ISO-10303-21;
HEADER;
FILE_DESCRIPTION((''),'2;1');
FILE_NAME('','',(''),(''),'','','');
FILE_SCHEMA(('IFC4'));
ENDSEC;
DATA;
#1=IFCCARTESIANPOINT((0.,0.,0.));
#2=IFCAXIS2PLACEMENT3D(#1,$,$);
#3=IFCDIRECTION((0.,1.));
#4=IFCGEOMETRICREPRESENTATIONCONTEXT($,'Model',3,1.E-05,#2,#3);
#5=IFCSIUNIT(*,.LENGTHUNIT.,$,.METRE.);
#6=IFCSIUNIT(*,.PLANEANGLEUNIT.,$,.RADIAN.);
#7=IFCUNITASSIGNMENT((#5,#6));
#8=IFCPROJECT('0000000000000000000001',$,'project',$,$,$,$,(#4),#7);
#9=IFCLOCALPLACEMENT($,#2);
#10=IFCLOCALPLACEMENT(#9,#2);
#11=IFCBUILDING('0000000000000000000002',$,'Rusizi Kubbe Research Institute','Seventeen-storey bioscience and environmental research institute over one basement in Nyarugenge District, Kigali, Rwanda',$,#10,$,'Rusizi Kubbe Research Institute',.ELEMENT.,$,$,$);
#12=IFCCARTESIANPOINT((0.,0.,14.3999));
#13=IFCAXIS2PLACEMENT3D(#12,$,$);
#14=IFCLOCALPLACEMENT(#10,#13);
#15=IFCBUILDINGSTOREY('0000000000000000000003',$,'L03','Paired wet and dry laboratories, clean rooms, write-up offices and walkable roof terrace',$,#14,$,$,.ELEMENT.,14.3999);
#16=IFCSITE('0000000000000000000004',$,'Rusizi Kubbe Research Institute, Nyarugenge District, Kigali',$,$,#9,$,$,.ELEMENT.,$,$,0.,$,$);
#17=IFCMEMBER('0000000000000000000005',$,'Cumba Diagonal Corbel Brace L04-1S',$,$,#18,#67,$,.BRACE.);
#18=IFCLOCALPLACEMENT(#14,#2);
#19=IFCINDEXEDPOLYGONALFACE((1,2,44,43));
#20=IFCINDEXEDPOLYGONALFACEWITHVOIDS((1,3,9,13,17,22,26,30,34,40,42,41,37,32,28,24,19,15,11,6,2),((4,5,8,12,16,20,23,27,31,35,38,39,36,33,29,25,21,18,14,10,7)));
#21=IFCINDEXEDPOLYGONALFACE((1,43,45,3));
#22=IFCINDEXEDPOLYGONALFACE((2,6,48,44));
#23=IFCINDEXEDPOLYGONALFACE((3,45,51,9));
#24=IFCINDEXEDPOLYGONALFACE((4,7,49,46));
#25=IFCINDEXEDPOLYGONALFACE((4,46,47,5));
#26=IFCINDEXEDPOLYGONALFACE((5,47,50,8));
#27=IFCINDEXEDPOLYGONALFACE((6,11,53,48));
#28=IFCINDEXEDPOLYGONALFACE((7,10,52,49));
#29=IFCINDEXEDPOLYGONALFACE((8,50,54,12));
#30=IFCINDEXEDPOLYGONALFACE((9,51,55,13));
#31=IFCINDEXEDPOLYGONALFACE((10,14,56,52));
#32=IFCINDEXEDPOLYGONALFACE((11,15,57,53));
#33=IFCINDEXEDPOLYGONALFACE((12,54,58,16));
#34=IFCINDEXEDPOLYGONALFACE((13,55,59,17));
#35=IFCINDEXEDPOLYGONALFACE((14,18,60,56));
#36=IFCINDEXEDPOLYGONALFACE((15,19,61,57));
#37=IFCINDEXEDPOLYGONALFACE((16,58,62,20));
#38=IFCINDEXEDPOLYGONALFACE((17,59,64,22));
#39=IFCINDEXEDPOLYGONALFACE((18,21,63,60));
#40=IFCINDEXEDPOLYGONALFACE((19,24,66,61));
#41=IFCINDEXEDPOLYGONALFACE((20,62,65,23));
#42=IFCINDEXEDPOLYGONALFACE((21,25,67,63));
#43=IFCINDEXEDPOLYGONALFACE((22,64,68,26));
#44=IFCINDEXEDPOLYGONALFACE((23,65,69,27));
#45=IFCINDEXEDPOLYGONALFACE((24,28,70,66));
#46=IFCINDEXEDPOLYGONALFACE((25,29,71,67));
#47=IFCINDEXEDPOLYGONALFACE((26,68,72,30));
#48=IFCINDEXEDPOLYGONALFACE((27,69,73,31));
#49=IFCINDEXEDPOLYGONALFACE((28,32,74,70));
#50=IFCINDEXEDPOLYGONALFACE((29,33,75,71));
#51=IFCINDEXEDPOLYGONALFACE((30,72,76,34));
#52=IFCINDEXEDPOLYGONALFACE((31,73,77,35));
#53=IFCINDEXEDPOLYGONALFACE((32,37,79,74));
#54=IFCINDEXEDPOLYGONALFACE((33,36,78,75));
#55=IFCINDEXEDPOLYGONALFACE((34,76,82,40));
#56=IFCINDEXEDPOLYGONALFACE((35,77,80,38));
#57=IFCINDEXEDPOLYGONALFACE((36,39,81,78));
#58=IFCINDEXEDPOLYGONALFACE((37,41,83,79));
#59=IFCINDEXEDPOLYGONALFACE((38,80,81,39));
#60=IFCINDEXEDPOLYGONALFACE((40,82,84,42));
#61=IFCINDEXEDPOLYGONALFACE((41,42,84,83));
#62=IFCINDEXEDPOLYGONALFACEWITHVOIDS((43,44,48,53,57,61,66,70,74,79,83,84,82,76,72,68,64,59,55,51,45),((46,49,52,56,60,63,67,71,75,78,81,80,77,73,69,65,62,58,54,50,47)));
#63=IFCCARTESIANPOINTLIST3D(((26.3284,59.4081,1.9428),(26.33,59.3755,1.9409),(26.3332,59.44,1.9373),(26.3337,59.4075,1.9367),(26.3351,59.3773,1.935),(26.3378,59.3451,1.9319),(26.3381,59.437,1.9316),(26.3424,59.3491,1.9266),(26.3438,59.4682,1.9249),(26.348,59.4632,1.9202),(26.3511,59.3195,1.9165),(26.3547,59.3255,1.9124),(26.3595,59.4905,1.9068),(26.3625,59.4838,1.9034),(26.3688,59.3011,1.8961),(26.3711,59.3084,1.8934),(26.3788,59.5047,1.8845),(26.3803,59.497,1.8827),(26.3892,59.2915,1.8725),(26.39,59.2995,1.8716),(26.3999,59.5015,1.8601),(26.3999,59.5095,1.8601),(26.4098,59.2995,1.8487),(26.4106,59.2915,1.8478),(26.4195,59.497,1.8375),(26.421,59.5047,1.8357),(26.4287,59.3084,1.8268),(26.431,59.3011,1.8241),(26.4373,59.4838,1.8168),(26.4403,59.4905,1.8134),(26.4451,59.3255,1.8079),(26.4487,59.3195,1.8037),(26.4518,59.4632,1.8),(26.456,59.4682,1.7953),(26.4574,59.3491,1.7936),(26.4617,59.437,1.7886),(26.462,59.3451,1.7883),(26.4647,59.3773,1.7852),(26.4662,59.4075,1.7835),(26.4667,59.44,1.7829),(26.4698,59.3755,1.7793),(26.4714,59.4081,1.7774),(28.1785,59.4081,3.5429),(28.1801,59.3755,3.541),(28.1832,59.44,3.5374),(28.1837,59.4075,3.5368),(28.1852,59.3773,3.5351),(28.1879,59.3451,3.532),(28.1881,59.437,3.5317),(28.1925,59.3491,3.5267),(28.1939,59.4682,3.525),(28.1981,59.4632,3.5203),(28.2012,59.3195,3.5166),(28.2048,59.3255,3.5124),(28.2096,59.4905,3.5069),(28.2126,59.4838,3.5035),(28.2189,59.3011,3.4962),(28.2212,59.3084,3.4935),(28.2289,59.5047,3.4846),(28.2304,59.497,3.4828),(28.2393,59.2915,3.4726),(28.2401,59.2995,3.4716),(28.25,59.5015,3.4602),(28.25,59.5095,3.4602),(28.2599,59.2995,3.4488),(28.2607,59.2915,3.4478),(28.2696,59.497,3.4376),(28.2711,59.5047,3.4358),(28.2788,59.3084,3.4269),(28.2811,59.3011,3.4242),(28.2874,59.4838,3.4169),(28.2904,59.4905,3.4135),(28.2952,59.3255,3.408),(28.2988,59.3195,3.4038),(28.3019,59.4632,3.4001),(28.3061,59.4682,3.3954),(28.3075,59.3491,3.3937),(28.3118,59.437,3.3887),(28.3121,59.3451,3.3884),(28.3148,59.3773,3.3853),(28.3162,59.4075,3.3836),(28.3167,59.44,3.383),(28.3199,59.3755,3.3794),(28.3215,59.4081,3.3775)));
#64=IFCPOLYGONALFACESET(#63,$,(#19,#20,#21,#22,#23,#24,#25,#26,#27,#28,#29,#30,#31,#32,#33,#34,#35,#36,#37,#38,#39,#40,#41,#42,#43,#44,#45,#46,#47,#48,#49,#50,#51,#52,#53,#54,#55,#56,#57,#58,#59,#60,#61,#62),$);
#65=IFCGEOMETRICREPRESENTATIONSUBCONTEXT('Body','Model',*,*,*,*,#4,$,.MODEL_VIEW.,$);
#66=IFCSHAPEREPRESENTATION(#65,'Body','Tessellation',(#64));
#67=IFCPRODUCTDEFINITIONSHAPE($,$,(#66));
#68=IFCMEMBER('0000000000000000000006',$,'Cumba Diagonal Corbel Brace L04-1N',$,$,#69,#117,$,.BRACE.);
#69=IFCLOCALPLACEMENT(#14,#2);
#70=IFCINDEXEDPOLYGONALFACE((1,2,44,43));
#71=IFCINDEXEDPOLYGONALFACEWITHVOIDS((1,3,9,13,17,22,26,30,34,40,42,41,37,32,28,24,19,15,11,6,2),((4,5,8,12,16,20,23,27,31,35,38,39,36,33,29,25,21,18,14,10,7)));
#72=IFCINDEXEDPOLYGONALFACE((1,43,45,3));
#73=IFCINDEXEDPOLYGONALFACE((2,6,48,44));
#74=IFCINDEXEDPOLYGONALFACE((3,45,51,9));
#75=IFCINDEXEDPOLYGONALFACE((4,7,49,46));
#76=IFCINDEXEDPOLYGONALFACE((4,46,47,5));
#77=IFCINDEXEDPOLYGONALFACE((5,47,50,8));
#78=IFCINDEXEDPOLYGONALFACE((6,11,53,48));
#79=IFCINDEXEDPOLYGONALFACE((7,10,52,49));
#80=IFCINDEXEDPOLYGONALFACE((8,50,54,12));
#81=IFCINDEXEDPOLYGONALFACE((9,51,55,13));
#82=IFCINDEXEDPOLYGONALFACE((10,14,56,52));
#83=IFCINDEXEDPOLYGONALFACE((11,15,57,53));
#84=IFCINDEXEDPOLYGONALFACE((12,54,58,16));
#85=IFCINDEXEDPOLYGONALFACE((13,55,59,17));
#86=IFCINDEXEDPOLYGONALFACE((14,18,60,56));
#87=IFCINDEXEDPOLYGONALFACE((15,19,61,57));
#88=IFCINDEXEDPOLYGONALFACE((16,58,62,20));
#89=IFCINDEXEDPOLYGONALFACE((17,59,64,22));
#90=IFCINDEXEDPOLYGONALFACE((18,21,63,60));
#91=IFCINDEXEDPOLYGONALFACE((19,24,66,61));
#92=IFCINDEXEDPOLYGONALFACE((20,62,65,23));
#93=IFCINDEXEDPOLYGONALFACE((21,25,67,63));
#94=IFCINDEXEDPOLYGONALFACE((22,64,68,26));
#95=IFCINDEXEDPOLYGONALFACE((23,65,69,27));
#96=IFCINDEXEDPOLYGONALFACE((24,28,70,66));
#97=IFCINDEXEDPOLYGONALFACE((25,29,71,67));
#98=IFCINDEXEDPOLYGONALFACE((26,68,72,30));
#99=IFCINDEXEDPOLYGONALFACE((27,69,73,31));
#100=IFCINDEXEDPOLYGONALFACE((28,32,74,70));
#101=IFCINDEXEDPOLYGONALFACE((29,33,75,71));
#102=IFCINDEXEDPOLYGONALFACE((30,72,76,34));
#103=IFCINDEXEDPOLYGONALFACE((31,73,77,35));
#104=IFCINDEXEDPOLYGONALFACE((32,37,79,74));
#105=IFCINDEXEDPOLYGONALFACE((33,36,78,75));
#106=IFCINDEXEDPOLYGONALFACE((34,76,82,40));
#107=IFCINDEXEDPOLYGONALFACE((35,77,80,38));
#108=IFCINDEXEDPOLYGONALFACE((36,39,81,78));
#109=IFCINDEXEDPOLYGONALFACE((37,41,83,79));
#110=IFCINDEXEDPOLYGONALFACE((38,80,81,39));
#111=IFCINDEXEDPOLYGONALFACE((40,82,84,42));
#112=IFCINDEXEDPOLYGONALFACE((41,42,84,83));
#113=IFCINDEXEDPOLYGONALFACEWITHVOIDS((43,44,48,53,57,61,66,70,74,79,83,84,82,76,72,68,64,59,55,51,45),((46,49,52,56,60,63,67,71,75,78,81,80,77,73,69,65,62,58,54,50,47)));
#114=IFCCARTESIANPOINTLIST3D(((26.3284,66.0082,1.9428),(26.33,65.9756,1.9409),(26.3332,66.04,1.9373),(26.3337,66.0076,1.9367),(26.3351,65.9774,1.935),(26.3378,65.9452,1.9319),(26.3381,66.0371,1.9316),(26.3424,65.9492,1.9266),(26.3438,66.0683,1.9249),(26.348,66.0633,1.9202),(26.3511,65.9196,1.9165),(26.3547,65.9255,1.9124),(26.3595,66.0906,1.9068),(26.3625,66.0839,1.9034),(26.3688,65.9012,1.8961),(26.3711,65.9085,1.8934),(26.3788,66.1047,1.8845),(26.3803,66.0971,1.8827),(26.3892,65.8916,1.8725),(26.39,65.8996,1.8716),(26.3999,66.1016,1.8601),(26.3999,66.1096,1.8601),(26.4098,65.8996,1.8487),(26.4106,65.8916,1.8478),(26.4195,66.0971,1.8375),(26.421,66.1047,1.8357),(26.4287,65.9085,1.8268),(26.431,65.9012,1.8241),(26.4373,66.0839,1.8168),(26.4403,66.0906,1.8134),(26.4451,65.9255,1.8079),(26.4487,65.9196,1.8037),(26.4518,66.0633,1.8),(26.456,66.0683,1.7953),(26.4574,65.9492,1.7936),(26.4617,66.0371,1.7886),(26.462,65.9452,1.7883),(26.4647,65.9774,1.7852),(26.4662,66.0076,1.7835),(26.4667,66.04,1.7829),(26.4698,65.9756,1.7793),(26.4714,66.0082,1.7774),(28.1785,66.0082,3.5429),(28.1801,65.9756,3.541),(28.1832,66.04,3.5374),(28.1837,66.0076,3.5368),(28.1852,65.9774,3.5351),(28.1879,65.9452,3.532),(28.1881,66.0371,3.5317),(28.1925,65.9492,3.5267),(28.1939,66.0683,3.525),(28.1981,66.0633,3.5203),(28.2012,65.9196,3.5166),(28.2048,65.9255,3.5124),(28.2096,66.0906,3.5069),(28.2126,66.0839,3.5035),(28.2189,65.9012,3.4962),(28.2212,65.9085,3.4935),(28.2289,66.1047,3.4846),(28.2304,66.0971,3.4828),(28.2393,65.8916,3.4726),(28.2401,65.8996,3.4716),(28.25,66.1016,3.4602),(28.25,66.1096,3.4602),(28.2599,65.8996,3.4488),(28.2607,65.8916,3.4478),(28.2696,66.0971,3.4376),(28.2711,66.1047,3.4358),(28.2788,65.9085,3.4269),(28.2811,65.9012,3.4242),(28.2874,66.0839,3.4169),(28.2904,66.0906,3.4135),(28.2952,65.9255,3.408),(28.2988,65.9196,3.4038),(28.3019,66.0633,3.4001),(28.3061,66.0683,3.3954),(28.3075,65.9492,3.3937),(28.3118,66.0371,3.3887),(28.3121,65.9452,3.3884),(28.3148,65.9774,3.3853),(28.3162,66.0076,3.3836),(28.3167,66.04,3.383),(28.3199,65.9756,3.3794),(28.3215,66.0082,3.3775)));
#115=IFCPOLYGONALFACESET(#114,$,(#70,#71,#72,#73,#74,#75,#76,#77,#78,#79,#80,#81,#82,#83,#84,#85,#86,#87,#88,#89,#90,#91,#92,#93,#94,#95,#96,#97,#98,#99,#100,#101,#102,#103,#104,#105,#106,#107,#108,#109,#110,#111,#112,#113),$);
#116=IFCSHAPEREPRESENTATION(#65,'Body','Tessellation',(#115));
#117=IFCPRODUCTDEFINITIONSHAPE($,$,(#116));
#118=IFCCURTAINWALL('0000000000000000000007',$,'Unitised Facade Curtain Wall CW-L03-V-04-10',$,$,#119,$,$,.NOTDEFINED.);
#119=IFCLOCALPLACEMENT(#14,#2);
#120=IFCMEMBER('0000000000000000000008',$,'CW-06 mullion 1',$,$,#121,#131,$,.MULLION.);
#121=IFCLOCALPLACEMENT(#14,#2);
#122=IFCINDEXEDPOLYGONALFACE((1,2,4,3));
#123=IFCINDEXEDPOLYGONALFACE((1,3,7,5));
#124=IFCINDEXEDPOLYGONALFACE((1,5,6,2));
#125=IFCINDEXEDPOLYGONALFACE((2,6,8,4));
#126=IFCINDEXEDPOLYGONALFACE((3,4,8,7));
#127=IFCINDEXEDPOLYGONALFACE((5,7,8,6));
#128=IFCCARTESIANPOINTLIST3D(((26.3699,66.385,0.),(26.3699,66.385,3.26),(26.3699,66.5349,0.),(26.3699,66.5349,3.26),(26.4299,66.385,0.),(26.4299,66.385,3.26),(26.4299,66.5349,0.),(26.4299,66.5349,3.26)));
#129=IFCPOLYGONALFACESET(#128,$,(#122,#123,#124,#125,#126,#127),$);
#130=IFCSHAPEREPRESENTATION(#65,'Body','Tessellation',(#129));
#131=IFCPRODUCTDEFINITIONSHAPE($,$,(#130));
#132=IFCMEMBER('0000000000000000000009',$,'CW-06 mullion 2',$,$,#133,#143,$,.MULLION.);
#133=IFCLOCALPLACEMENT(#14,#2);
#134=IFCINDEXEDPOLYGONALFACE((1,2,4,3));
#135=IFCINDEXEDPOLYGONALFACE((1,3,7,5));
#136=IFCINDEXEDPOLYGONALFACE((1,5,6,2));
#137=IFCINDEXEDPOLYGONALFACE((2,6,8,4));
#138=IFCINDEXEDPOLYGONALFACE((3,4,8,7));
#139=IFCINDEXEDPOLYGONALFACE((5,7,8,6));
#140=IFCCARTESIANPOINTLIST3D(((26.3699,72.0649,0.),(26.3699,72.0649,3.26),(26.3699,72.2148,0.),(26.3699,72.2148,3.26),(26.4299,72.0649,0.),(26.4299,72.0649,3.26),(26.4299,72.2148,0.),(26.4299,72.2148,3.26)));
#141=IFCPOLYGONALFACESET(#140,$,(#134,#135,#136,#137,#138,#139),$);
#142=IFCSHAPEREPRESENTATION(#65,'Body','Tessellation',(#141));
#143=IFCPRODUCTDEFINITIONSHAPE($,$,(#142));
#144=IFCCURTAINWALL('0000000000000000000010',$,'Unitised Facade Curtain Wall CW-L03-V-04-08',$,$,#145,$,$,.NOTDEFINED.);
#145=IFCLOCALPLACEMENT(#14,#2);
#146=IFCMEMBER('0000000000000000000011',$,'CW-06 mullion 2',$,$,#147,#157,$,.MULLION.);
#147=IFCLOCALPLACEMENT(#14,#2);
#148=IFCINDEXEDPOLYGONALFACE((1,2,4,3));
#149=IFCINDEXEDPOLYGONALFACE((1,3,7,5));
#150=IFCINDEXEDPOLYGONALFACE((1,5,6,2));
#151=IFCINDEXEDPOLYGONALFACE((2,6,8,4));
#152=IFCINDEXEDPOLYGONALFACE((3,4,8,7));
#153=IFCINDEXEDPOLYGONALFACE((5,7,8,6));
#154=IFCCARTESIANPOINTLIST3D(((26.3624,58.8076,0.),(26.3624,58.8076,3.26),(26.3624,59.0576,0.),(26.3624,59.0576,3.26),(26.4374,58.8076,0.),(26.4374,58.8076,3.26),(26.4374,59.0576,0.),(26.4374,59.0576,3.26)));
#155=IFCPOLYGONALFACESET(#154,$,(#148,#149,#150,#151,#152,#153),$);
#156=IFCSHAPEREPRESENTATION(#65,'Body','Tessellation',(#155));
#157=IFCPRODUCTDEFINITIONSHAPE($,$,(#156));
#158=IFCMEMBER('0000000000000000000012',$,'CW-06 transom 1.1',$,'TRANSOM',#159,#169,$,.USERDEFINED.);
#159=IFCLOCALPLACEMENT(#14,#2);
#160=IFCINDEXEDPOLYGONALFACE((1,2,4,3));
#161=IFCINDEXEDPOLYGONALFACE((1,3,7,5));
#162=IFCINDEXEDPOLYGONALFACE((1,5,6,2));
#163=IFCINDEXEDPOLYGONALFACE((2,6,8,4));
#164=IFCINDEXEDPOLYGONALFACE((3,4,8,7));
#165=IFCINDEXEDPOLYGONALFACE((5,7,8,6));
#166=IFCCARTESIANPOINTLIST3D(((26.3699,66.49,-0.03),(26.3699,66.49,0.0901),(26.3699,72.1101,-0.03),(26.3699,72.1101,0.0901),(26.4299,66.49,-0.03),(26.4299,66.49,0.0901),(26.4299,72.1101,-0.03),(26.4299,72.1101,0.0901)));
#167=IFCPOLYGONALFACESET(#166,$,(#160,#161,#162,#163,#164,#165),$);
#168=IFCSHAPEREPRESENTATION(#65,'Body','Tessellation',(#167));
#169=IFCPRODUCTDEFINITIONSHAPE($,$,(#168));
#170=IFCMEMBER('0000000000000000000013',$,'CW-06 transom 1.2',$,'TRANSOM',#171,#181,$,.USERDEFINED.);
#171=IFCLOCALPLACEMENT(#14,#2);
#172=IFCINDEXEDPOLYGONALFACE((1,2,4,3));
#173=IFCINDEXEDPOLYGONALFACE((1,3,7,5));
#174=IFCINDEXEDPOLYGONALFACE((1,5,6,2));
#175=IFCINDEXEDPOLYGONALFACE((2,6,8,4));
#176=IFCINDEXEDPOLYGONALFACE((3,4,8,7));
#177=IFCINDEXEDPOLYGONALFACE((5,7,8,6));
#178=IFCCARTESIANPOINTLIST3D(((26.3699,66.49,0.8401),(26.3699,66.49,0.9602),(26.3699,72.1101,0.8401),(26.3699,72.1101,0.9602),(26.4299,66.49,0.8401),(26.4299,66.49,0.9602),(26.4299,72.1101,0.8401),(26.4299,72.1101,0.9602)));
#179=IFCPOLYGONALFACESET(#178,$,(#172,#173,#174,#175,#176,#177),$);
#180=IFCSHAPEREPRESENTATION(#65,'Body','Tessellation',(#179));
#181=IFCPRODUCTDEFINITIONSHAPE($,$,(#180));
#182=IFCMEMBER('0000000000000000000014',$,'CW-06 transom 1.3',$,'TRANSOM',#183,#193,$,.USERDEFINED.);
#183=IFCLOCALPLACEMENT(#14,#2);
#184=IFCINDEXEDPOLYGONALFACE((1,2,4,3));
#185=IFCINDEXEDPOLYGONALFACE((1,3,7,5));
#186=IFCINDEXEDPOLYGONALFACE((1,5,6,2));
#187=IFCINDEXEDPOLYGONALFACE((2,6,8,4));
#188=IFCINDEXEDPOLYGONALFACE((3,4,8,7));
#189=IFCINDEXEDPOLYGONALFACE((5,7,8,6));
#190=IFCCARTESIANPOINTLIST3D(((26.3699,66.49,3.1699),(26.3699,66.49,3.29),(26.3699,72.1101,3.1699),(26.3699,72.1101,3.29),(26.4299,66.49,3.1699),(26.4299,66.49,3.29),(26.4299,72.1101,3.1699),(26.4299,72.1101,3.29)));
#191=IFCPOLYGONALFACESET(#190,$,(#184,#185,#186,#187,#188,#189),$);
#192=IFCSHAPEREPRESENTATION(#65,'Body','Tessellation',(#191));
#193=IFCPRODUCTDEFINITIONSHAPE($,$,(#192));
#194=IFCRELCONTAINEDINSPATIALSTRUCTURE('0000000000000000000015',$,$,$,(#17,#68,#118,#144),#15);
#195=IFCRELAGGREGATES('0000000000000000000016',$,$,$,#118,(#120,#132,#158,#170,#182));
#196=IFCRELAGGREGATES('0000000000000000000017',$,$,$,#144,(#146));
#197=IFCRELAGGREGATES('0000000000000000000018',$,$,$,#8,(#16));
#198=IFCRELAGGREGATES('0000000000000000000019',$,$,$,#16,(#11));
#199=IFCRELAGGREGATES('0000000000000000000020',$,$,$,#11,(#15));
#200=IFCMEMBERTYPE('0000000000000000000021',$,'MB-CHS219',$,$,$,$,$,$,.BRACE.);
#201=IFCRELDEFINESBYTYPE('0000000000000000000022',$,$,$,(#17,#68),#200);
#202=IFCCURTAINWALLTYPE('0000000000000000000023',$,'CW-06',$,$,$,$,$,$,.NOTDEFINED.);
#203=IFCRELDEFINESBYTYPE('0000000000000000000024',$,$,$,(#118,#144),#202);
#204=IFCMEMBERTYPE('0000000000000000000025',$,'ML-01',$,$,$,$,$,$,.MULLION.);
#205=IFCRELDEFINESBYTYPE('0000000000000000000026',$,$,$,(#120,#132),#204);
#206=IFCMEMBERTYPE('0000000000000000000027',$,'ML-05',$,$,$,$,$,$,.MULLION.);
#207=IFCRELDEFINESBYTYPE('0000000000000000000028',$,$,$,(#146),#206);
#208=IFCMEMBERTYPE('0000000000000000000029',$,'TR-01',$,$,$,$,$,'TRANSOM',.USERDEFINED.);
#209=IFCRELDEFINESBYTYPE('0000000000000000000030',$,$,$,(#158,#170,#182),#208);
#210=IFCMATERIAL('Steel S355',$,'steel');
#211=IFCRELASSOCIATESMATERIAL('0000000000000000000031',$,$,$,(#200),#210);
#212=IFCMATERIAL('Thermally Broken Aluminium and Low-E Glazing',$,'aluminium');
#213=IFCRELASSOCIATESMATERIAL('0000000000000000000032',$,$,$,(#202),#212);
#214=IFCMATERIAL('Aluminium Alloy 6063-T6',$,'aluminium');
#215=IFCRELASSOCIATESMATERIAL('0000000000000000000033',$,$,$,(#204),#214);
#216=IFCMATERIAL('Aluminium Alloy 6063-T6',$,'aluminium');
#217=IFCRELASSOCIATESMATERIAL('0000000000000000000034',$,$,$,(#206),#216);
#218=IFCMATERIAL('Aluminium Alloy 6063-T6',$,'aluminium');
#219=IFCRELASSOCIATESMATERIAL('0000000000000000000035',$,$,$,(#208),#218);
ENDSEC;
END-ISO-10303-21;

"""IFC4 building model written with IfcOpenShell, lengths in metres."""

from ifc_helpers import new_model, si_unit, direction, frame, origin, origin_2d, place, context, subcontext, project, spatial, rectangle, hollow_circle, extrude, material, material_profile, profile_set, type_object, element, aggregate, save


model = new_model("IFC4")

# Units and contexts
model_context = context("Model", 3, precision=1e-05, world=origin(), true_north=direction((0.0, 1.0)))
body_context = subcontext(model_context, "Body", "Model", "MODEL_VIEW")
ifc_project = project(units=[si_unit("LENGTHUNIT", "METRE"), si_unit("PLANEANGLEUNIT", "RADIAN")], contexts=[model_context])

# Site, building, storey
site_placement = place(None, origin())
site = spatial("IfcSite", under=ifc_project, at=site_placement, Name="Rusizi Kubbe Research Institute, Nyarugenge District, Kigali", CompositionType="ELEMENT", RefElevation=0.0)
building_placement = place(site_placement, origin())
building = spatial("IfcBuilding", under=site, at=building_placement, Name="Rusizi Kubbe Research Institute", Description="Seventeen-storey bioscience and environmental research institute over one basement in Nyarugenge District, Kigali, Rwanda", LongName="Rusizi Kubbe Research Institute", CompositionType="ELEMENT")
storey_placement = place(building_placement, frame((0.0, 0.0, 14.3999)))
storey = spatial("IfcBuildingStorey", under=building, at=storey_placement, Name="L03", Description="Paired wet and dry laboratories, clean rooms, write-up offices and walkable roof terrace", CompositionType="ELEMENT", Elevation=14.3999)

# Members
ifc_material_1 = material(Name="Steel S355", Category="steel")
ifc_material_profile_1 = material_profile(ifc_material_1, hollow_circle(Radius=0.1096, WallThickness=0.0081, at=origin_2d()), Name="CHS 219.1x8.0")
ifc_profile_set_1 = profile_set([ifc_material_profile_1], Name="Steel S355")
member_type_1 = type_object("IfcMemberType", Name="MB-CHS219", PredefinedType="BRACE", material=ifc_profile_set_1)
for number, where, z_axis, x_axis, name in (
    (1, (26.3999, 59.3999, 1.8601), (0.756361, 0.0, 0.654155), (0.0, 1.0, 0.0), "Cumba Diagonal Corbel Brace L04-1S"),
    (2, (26.3999, 66.0, 1.8601), (0.756361, 0.0, 0.654155), (0.0, 1.0, 0.0), "Cumba Diagonal Corbel Brace L04-1N"),
):
    element("IfcMember", number, at=place(storey_placement, frame(where, z_axis=z_axis, x_axis=x_axis)), inside=storey, type_object=member_type_1, Name=name, PredefinedType="BRACE", context=body_context, shape_type="SweptSolid", body=[
        extrude(hollow_circle(Radius=0.1096, WallThickness=0.0081, at=origin_2d()), origin(), (0.0, 0.0, 1.0), 2.446),
    ])

# Curtain wall, members
ifc_material_2 = material(Name="Thermally Broken Aluminium and Low-E Glazing", Category="aluminium")
curtain_wall_type = type_object("IfcCurtainWallType", Name="CW-06", PredefinedType="NOTDEFINED", material=ifc_material_2)
curtain_wall_1_placement = place(storey_placement, origin())
curtain_wall_1 = element("IfcCurtainWall", 3, at=curtain_wall_1_placement, inside=storey, type_object=curtain_wall_type, Name="Unitised Facade Curtain Wall CW-L03-V-04-10", PredefinedType="NOTDEFINED")
ifc_material_3 = material(Name="Aluminium Alloy 6063-T6", Category="aluminium")
ifc_material_profile_2 = material_profile(ifc_material_3, rectangle(XDim=0.0601, YDim=0.1499, at=origin_2d()), Name="ALU-M 60x150")
ifc_profile_set_2 = profile_set([ifc_material_profile_2], Name="Aluminium Alloy 6063-T6")
member_type_2 = type_object("IfcMemberType", Name="ML-01", PredefinedType="MULLION", material=ifc_profile_set_2)
member_1_placement = place(storey_placement, frame((26.3999, 66.46, 0.0), z_axis=(0.0, 0.0, 1.0), x_axis=(-1.0, 0.0, 0.0)))
member_1 = element("IfcMember", 4, at=member_1_placement, type_object=member_type_2, Name="CW-06 mullion 1", PredefinedType="MULLION", context=body_context, shape_type="SweptSolid", body=[
    extrude(rectangle(XDim=0.0601, YDim=0.1499, at=origin_2d()), origin(), (0.0, 0.0, 1.0), 3.26),
])
member_2_placement = place(storey_placement, frame((26.3999, 72.1399, 0.0), z_axis=(0.0, 0.0, 1.0), x_axis=(-1.0, 0.0, 0.0)))
member_2 = element("IfcMember", 5, at=member_2_placement, type_object=member_type_2, Name="CW-06 mullion 2", PredefinedType="MULLION", context=body_context, shape_type="SweptSolid", body=[
    extrude(rectangle(XDim=0.0601, YDim=0.1499, at=origin_2d()), origin(), (0.0, 0.0, 1.0), 3.26),
])

# Curtain wall, member
curtain_wall_2_placement = place(storey_placement, origin())
curtain_wall_2 = element("IfcCurtainWall", 6, at=curtain_wall_2_placement, inside=storey, type_object=curtain_wall_type, Name="Unitised Facade Curtain Wall CW-L03-V-04-08", PredefinedType="NOTDEFINED")
ifc_material_4 = material(Name="Aluminium Alloy 6063-T6", Category="aluminium")
ifc_material_profile_3 = material_profile(ifc_material_4, rectangle(XDim=0.075, YDim=0.25, at=origin_2d()), Name="ALU-M 75x250")
ifc_profile_set_3 = profile_set([ifc_material_profile_3], Name="Aluminium Alloy 6063-T6")
member_type_3 = type_object("IfcMemberType", Name="ML-05", PredefinedType="MULLION", material=ifc_profile_set_3)
member_3_placement = place(storey_placement, frame((26.3999, 58.9326, 0.0), z_axis=(0.0, 0.0, 1.0), x_axis=(-1.0, 0.0, 0.0)))
member_3 = element("IfcMember", 7, at=member_3_placement, type_object=member_type_3, Name="CW-06 mullion 2", PredefinedType="MULLION", context=body_context, shape_type="SweptSolid", body=[
    extrude(rectangle(XDim=0.075, YDim=0.25, at=origin_2d()), origin(), (0.0, 0.0, 1.0), 3.26),
])

# Members
ifc_material_5 = material(Name="Aluminium Alloy 6063-T6", Category="aluminium")
ifc_material_profile_4 = material_profile(ifc_material_5, rectangle(XDim=0.0601, YDim=0.1201, at=origin_2d()), Name="ALU-T 60x120")
ifc_profile_set_4 = profile_set([ifc_material_profile_4], Name="Aluminium Alloy 6063-T6")
member_type_4 = type_object("IfcMemberType", Name="TR-01", ElementType="TRANSOM", PredefinedType="USERDEFINED", material=ifc_profile_set_4)
member_4_placement = place(storey_placement, frame((26.3999, 66.49, 0.03), z_axis=(0.0, 1.0, 0.0), x_axis=(-1.0, 0.0, 0.0)))
member_4 = element("IfcMember", 8, at=member_4_placement, type_object=member_type_4, Name="CW-06 transom 1.1", ObjectType="TRANSOM", PredefinedType="USERDEFINED", context=body_context, shape_type="SweptSolid", body=[
    extrude(rectangle(XDim=0.0601, YDim=0.1201, at=origin_2d()), origin(), (0.0, 0.0, 1.0), 5.6201),
])
member_5_placement = place(storey_placement, frame((26.3999, 66.49, 0.9001), z_axis=(0.0, 1.0, 0.0), x_axis=(-1.0, 0.0, 0.0)))
member_5 = element("IfcMember", 9, at=member_5_placement, type_object=member_type_4, Name="CW-06 transom 1.2", ObjectType="TRANSOM", PredefinedType="USERDEFINED", context=body_context, shape_type="SweptSolid", body=[
    extrude(rectangle(XDim=0.0601, YDim=0.1201, at=origin_2d()), origin(), (0.0, 0.0, 1.0), 5.6201),
])
member_6_placement = place(storey_placement, frame((26.3999, 66.49, 3.23), z_axis=(0.0, 1.0, 0.0), x_axis=(-1.0, 0.0, 0.0)))
member_6 = element("IfcMember", 10, at=member_6_placement, type_object=member_type_4, Name="CW-06 transom 1.3", ObjectType="TRANSOM", PredefinedType="USERDEFINED", context=body_context, shape_type="SweptSolid", body=[
    extrude(rectangle(XDim=0.0601, YDim=0.1201, at=origin_2d()), origin(), (0.0, 0.0, 1.0), 5.6201),
])

aggregate(curtain_wall_1, [member_1, member_2, member_4, member_5, member_6])
aggregate(curtain_wall_2, [member_3])

save(model, "model.ifc")
